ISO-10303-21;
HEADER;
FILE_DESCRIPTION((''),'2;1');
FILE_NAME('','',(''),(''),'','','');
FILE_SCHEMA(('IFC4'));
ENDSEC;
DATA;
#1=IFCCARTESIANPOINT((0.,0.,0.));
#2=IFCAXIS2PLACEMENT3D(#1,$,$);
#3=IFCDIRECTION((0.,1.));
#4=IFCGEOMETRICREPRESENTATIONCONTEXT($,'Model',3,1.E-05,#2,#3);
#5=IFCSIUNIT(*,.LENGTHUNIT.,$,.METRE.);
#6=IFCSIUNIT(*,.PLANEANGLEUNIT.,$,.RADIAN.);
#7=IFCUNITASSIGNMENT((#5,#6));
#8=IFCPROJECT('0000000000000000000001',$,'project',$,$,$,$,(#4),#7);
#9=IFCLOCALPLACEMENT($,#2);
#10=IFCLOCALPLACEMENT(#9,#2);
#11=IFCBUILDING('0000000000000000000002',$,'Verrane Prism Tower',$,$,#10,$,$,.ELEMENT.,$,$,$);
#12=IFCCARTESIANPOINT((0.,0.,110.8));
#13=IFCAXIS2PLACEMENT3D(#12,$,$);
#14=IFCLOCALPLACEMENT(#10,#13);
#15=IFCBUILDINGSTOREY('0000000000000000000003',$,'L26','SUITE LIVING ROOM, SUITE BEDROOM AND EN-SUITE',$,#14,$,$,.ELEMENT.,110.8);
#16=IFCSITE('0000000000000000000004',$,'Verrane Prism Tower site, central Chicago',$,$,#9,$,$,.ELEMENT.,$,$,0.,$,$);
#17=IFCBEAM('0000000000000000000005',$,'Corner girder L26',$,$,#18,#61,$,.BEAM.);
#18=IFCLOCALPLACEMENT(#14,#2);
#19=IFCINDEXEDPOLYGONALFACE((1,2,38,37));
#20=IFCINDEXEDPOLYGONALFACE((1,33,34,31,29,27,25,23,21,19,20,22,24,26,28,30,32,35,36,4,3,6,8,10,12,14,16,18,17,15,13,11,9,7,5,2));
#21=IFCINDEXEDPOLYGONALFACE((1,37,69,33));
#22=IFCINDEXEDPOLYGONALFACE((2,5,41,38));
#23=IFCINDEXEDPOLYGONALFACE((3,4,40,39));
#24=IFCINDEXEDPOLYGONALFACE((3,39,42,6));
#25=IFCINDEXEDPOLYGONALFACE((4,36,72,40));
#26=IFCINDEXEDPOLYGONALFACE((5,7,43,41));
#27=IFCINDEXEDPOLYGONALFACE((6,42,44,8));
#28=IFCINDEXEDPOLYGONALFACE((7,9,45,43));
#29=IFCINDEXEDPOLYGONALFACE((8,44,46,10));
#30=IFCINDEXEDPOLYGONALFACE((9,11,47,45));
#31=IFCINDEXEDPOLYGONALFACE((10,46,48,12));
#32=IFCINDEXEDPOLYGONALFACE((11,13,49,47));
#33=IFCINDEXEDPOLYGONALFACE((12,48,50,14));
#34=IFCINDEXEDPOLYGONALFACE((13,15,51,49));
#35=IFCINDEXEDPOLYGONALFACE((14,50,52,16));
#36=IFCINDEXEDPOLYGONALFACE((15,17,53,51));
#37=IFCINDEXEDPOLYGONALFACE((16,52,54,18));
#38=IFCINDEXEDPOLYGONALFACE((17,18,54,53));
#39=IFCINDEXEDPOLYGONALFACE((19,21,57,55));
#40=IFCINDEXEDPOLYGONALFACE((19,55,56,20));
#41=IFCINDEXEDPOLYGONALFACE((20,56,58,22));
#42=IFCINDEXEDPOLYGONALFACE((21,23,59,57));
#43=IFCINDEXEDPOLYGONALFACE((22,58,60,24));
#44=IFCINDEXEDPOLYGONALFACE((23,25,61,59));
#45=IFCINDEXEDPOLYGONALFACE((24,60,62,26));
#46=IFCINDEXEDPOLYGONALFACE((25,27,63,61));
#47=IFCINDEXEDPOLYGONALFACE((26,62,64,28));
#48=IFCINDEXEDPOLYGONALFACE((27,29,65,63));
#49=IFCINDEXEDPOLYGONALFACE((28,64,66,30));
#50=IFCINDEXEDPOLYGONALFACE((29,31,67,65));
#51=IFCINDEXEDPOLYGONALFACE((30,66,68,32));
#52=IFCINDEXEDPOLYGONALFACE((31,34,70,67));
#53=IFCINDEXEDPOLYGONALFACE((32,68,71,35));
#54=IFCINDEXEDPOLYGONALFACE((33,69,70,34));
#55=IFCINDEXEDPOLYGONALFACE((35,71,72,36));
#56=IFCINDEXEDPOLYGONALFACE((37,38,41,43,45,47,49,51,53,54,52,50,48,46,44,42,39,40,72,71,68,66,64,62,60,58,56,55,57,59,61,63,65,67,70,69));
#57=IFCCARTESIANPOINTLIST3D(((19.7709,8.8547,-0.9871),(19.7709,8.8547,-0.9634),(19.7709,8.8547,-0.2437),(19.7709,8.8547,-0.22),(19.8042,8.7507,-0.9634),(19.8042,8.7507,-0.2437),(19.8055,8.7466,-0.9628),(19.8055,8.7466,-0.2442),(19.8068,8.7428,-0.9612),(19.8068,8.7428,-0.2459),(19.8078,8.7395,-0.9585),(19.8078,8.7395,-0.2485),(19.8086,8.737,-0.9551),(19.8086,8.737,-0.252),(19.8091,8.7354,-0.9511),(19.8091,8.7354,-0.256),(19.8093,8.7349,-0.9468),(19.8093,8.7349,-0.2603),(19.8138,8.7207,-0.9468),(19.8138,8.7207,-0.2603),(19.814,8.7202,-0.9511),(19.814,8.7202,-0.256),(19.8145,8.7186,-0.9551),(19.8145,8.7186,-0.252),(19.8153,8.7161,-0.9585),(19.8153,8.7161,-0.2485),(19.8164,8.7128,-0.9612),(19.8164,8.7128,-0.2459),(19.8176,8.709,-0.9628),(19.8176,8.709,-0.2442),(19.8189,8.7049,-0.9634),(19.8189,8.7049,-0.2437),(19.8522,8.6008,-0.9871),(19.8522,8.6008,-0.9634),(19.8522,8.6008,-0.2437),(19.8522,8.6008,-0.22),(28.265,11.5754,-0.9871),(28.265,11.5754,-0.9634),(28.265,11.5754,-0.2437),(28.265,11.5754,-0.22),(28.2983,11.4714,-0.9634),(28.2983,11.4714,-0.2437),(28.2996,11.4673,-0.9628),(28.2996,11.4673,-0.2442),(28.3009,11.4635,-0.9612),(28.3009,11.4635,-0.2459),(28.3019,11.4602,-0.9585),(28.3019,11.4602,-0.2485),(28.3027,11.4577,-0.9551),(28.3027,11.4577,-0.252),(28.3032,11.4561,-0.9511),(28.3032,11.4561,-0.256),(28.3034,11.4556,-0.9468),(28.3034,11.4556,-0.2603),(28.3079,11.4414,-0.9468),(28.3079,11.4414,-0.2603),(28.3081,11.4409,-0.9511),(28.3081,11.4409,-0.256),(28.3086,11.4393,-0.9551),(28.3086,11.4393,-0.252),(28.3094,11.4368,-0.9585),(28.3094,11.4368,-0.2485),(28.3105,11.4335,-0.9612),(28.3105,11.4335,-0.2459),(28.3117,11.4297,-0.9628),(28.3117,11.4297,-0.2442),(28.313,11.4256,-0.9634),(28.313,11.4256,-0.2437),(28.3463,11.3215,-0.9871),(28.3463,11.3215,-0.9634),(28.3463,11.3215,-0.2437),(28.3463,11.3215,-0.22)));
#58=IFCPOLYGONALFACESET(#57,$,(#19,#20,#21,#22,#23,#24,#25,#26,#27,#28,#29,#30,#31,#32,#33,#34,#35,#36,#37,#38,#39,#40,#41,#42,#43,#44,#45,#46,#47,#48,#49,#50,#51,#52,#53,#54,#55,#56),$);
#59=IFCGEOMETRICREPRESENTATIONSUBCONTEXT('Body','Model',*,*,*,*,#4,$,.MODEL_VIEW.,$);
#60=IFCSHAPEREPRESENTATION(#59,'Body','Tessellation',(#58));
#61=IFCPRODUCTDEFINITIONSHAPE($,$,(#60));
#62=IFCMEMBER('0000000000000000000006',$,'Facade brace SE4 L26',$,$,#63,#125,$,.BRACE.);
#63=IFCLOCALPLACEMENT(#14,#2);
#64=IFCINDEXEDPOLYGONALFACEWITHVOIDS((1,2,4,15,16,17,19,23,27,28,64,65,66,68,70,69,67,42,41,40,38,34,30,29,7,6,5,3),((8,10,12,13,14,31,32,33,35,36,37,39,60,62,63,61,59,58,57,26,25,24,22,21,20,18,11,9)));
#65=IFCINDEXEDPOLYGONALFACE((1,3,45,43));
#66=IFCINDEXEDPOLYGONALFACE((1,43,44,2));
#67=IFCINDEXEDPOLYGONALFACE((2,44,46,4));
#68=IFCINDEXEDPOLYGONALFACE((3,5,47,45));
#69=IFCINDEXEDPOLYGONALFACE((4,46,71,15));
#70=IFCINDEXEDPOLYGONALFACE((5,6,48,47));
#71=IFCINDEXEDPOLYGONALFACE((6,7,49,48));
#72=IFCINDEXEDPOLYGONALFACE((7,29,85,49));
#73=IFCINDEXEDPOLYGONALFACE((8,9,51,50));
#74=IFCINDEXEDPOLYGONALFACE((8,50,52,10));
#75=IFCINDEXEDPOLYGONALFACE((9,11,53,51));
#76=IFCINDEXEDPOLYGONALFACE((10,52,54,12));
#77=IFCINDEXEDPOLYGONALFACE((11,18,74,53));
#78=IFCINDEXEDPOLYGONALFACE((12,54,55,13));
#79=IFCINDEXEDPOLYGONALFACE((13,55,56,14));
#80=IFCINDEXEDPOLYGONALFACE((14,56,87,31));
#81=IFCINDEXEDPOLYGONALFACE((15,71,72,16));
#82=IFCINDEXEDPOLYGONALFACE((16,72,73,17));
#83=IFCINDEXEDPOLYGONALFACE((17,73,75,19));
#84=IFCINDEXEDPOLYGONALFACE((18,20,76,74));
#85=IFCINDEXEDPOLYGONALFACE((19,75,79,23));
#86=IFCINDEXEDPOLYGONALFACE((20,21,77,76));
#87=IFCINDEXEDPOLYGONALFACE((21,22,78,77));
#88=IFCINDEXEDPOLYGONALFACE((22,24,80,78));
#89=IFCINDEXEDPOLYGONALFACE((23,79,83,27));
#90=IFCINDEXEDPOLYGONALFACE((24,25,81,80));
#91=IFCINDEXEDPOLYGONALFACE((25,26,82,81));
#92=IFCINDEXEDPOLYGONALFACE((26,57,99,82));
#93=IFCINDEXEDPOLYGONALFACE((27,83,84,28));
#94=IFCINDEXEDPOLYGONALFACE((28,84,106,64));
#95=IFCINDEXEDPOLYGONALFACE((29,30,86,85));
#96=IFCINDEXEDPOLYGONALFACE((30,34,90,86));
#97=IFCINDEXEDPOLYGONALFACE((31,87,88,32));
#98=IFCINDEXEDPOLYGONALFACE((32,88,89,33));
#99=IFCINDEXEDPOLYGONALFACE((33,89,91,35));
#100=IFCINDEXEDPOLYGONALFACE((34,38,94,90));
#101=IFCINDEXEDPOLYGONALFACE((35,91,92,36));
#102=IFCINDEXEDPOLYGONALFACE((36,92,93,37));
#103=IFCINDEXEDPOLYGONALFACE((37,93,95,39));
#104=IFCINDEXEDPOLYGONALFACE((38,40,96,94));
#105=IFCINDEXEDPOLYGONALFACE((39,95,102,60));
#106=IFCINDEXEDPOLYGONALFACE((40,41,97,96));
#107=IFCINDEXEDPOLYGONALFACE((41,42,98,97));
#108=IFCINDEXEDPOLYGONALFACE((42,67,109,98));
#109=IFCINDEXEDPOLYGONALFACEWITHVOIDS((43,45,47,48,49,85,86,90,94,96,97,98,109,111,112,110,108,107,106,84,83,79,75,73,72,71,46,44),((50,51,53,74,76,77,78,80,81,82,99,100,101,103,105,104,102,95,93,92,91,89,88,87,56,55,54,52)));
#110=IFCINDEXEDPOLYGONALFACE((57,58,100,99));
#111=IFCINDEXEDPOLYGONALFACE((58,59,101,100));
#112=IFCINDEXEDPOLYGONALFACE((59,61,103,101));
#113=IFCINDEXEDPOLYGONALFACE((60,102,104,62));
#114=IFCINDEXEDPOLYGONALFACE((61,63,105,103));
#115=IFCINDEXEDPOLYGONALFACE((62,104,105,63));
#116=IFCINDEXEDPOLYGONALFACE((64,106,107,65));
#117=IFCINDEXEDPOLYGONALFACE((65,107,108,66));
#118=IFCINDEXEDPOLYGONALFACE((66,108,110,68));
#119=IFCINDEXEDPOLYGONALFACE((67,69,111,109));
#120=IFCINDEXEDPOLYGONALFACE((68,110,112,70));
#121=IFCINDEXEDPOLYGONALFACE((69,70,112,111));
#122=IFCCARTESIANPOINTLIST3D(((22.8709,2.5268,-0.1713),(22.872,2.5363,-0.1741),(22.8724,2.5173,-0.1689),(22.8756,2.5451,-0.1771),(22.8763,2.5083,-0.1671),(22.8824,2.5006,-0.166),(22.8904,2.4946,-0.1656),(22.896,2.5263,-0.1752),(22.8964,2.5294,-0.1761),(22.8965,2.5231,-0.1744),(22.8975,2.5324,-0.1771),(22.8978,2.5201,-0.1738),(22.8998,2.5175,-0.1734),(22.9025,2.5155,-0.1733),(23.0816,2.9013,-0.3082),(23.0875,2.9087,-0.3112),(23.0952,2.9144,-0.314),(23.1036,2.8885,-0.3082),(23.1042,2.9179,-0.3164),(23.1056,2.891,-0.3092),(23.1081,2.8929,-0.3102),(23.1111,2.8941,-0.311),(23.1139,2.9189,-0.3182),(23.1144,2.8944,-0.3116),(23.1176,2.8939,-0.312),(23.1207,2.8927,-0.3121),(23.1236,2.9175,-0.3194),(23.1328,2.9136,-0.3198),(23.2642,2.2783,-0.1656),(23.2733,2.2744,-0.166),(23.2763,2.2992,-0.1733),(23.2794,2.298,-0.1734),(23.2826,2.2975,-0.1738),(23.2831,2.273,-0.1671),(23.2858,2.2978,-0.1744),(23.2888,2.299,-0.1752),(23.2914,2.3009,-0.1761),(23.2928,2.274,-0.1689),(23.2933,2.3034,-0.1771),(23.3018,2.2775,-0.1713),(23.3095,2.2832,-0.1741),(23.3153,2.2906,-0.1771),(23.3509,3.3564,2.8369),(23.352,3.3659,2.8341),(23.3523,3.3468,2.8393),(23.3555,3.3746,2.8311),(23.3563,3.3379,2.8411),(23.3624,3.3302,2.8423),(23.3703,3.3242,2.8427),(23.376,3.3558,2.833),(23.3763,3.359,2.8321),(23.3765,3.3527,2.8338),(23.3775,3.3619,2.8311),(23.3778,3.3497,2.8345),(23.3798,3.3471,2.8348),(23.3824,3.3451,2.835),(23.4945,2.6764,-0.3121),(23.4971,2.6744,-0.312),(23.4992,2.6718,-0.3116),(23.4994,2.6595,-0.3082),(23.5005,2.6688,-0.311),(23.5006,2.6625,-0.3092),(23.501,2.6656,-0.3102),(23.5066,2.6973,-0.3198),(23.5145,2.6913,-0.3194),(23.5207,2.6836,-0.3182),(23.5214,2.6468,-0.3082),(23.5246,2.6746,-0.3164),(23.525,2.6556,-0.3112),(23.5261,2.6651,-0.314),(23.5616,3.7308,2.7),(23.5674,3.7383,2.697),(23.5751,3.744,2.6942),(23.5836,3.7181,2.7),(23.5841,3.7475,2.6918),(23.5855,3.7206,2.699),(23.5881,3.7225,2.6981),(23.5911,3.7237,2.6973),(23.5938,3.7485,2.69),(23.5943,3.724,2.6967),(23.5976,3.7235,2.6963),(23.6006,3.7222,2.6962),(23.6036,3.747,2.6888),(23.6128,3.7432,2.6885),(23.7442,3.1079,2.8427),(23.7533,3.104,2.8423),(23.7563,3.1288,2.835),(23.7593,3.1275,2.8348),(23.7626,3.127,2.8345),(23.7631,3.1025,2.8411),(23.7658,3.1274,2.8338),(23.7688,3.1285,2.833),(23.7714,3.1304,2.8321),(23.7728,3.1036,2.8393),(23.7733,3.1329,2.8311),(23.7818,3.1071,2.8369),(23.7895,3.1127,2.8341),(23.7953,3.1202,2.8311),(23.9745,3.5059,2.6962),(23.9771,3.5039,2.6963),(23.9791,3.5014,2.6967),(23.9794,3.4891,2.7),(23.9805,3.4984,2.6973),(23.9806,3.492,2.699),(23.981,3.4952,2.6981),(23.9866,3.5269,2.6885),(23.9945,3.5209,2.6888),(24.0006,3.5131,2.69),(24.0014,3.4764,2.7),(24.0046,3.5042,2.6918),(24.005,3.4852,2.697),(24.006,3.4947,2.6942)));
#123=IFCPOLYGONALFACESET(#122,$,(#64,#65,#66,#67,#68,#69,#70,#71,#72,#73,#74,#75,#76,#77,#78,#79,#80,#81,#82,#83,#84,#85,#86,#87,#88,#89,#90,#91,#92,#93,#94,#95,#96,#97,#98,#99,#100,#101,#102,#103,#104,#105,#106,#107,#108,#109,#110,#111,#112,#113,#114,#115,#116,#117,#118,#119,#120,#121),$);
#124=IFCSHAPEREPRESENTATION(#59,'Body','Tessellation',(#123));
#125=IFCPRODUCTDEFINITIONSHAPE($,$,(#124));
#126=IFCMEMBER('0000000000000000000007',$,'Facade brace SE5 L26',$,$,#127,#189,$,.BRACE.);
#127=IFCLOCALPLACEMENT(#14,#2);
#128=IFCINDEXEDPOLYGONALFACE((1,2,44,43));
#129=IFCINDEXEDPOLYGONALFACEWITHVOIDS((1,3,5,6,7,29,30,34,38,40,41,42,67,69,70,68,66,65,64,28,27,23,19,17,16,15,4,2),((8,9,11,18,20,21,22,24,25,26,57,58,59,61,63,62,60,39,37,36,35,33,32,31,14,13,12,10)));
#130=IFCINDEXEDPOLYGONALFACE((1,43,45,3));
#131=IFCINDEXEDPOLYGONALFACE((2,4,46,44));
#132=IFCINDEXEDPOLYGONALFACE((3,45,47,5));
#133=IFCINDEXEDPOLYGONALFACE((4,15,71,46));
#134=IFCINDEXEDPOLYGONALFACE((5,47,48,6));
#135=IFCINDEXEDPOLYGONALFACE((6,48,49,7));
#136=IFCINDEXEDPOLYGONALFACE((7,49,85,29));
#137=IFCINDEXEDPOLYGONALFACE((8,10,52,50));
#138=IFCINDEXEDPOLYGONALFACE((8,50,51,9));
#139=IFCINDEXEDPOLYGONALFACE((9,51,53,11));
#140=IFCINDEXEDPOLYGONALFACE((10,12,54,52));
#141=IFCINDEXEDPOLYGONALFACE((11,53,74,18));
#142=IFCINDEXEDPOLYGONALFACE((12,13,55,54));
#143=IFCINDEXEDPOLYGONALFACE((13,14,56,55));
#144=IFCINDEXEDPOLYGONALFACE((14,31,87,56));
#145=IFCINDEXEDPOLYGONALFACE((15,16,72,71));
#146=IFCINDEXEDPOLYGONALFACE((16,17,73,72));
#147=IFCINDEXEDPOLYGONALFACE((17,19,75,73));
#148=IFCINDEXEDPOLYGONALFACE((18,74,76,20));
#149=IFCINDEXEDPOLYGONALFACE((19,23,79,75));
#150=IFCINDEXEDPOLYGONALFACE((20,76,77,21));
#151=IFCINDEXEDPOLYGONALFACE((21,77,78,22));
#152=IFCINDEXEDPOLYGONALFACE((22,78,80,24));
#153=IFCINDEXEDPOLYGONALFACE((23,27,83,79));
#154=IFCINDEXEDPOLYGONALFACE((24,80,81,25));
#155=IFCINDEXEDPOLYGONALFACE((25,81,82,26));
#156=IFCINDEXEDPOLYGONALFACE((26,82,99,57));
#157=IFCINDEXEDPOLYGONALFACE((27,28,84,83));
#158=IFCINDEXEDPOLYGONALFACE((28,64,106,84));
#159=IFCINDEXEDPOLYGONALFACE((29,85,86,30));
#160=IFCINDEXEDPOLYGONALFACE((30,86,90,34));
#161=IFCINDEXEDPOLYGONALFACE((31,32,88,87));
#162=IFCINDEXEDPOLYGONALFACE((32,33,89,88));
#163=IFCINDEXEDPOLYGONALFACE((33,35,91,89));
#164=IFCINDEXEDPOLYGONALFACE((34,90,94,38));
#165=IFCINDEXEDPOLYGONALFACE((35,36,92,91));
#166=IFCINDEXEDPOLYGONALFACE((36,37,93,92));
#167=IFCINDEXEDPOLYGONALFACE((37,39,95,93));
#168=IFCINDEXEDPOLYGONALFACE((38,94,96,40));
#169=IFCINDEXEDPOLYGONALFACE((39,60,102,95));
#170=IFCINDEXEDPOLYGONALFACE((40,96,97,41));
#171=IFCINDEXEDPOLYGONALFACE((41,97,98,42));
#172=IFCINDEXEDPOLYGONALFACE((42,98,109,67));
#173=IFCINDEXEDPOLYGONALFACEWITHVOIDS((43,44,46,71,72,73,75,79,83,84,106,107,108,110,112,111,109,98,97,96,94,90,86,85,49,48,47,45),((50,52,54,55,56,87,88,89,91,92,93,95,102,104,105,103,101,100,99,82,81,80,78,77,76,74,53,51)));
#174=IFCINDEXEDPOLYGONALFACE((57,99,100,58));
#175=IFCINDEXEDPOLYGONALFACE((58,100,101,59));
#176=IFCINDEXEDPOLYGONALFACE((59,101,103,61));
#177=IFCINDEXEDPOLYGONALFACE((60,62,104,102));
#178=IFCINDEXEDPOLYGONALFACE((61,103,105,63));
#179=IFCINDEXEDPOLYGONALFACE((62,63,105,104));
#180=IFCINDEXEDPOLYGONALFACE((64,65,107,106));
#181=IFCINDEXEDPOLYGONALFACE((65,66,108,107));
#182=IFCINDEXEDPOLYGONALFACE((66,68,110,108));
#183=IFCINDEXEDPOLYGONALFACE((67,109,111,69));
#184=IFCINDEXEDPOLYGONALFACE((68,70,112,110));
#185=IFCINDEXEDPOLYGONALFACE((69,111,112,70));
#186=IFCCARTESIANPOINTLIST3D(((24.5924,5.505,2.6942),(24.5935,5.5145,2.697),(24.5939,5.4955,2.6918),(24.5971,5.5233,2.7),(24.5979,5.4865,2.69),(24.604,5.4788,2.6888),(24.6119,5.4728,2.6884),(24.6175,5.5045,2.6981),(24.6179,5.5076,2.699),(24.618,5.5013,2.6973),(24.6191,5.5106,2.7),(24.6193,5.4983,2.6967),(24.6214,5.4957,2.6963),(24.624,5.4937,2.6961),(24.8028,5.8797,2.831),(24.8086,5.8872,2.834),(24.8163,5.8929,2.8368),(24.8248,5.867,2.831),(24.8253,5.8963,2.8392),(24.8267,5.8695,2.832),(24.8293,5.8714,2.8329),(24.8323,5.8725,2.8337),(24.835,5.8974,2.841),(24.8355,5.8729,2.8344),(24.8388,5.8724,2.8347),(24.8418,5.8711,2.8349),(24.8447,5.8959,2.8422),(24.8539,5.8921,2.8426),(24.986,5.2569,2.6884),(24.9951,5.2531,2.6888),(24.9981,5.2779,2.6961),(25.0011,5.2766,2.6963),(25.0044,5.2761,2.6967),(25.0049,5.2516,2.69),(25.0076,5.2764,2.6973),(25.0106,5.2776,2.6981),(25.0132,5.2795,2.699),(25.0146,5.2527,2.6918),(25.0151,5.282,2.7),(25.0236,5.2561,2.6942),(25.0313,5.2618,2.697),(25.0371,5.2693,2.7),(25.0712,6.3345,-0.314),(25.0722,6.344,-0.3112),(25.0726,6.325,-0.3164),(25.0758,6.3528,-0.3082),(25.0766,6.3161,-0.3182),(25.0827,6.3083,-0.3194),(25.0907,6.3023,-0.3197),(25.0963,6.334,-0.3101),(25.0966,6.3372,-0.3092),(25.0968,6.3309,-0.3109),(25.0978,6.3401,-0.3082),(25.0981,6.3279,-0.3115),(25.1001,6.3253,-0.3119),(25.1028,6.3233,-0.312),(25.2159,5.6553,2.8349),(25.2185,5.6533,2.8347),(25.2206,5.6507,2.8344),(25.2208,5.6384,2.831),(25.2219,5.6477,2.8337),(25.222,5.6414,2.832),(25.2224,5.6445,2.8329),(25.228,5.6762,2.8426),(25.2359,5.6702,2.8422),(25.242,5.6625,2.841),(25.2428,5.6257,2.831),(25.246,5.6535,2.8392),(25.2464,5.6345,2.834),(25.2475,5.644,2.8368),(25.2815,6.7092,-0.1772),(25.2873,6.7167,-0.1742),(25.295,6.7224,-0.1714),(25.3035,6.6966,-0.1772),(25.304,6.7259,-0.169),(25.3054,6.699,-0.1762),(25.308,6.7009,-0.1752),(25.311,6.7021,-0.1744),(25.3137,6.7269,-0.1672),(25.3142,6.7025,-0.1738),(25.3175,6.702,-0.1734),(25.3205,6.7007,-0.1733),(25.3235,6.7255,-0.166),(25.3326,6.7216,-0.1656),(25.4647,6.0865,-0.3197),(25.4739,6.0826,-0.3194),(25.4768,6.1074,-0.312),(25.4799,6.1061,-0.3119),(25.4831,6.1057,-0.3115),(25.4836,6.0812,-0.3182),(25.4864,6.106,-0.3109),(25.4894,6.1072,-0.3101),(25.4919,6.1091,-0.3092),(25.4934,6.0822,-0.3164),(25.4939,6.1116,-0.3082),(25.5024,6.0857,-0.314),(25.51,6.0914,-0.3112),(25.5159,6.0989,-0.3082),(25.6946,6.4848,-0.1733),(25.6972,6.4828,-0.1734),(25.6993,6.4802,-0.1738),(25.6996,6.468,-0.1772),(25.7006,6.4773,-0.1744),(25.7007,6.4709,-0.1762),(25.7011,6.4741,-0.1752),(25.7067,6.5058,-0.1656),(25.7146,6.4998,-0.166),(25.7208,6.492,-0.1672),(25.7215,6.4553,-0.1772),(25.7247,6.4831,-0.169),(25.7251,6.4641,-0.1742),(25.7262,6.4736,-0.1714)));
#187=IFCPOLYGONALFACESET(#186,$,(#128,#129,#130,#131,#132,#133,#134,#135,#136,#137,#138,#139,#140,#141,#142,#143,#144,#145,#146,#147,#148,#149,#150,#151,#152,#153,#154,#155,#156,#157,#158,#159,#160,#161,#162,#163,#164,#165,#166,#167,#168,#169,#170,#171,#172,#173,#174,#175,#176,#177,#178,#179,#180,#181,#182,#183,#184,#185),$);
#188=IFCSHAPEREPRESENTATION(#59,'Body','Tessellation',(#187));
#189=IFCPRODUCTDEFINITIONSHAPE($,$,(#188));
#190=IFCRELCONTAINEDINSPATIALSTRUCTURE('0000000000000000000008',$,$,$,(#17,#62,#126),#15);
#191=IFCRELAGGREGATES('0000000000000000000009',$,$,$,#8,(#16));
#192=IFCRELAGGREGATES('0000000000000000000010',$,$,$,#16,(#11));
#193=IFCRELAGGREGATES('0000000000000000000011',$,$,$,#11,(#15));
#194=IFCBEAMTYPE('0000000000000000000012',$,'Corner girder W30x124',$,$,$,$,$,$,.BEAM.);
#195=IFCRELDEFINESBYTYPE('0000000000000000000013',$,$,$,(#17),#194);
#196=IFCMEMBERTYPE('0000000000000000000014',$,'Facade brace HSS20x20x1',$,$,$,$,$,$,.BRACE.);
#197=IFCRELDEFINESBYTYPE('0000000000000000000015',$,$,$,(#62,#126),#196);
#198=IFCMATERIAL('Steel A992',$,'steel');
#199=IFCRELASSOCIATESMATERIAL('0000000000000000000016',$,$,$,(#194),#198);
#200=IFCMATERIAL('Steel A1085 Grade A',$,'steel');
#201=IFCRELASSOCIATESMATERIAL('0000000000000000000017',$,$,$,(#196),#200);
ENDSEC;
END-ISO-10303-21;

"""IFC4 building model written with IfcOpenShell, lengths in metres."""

from ifc_helpers import new_model, si_unit, direction, frame, origin, origin_2d, place, context, subcontext, project, spatial, hollow_rectangle, i_section, extrude, material, material_profile, profile_set, type_object, element, save


model = new_model("IFC4")

# Units and contexts
model_context = context("Model", 3, precision=1e-05, world=origin(), true_north=direction((0.0, 1.0)))
body_context = subcontext(model_context, "Body", "Model", "MODEL_VIEW")
ifc_project = project(units=[si_unit("LENGTHUNIT", "METRE"), si_unit("PLANEANGLEUNIT", "RADIAN")], contexts=[model_context])

# Site, building, storey
site_placement = place(None, origin())
site = spatial("IfcSite", under=ifc_project, at=site_placement, Name="Verrane Prism Tower site, central Chicago", CompositionType="ELEMENT", RefElevation=0.0)
building_placement = place(site_placement, origin())
building = spatial("IfcBuilding", under=site, at=building_placement, Name="Verrane Prism Tower", CompositionType="ELEMENT")
storey_placement = place(building_placement, frame((0.0, 0.0, 110.8)))
storey = spatial("IfcBuildingStorey", under=building, at=storey_placement, Name="L26", Description="SUITE LIVING ROOM, SUITE BEDROOM AND EN-SUITE", CompositionType="ELEMENT", Elevation=110.8)

# Beam
ifc_material_1 = material(Name="Steel A992", Category="steel")
ifc_material_profile_1 = material_profile(ifc_material_1, i_section(OverallWidth=0.2666, OverallDepth=0.7671, WebThickness=0.0149, FlangeThickness=0.0237, FilletRadius=0.0166, at=origin_2d()), Name="W30x124")
ifc_profile_set_1 = profile_set([ifc_material_profile_1], Name="Steel A992")
beam_type_1 = type_object("IfcBeamType", Name="Corner girder W30x124", PredefinedType="BEAM", material=ifc_profile_set_1)
beam_1_placement = place(storey_placement, frame((28.3057, 11.4485, -0.6035), z_axis=(-0.95234, -0.305038, 0.0), x_axis=(0.305038, -0.95234, 0.0)))
element("IfcBeam", 1, at=beam_1_placement, inside=storey, type_object=beam_type_1, Name="Corner girder L26", PredefinedType="BEAM", context=body_context, shape_type="SweptSolid", body=[
    extrude(i_section(OverallWidth=0.2666, OverallDepth=0.7671, WebThickness=0.0149, FlangeThickness=0.0237, FilletRadius=0.0166, at=origin_2d()), origin(), (0.0, 0.0, 1.0), 8.9192),
])

# Members
ifc_material_2 = material(Name="Steel A1085 Grade A", Category="steel")
ifc_material_profile_2 = material_profile(ifc_material_2, hollow_rectangle(XDim=0.5081, YDim=0.5081, WallThickness=0.0254, InnerFilletRadius=0.0127, OuterFilletRadius=0.0381, at=origin_2d()), Name="HSS20x20x1")
ifc_profile_set_2 = profile_set([ifc_material_profile_2], Name="Steel A1085 Grade A")
member_type_1 = type_object("IfcMemberType", Name="Facade brace HSS20x20x1", PredefinedType="BRACE", material=ifc_profile_set_2)
member_1_placement = place(storey_placement, frame((23.1985, 2.5959, -0.2427), z_axis=(0.152023, 0.262754, 0.952811), x_axis=(-0.865566, 0.500795, 0.0)))
element("IfcMember", 2, at=member_1_placement, inside=storey, type_object=member_type_1, Name="Facade brace SE4 L26", PredefinedType="BRACE", context=body_context, shape_type="SweptSolid", body=[
    extrude(hollow_rectangle(XDim=0.5081, YDim=0.5081, WallThickness=0.0254, InnerFilletRadius=0.0127, OuterFilletRadius=0.0381, at=origin_2d()), origin(), (0.0, 0.0, 1.0), 3.1572),
])
member_2_placement = place(storey_placement, frame((25.3987, 6.4041, -0.2427), z_axis=(-0.151645, -0.262769, 0.952867), x_axis=(0.866118, -0.49984, 0.0)))
element("IfcMember", 3, at=member_2_placement, inside=storey, type_object=member_type_1, Name="Facade brace SE5 L26", PredefinedType="BRACE", context=body_context, shape_type="SweptSolid", body=[
    extrude(hollow_rectangle(XDim=0.5081, YDim=0.5081, WallThickness=0.0254, InnerFilletRadius=0.0127, OuterFilletRadius=0.0381, at=origin_2d()), origin(), (0.0, 0.0, 1.0), 3.157),
])

save(model, "model.ifc")
